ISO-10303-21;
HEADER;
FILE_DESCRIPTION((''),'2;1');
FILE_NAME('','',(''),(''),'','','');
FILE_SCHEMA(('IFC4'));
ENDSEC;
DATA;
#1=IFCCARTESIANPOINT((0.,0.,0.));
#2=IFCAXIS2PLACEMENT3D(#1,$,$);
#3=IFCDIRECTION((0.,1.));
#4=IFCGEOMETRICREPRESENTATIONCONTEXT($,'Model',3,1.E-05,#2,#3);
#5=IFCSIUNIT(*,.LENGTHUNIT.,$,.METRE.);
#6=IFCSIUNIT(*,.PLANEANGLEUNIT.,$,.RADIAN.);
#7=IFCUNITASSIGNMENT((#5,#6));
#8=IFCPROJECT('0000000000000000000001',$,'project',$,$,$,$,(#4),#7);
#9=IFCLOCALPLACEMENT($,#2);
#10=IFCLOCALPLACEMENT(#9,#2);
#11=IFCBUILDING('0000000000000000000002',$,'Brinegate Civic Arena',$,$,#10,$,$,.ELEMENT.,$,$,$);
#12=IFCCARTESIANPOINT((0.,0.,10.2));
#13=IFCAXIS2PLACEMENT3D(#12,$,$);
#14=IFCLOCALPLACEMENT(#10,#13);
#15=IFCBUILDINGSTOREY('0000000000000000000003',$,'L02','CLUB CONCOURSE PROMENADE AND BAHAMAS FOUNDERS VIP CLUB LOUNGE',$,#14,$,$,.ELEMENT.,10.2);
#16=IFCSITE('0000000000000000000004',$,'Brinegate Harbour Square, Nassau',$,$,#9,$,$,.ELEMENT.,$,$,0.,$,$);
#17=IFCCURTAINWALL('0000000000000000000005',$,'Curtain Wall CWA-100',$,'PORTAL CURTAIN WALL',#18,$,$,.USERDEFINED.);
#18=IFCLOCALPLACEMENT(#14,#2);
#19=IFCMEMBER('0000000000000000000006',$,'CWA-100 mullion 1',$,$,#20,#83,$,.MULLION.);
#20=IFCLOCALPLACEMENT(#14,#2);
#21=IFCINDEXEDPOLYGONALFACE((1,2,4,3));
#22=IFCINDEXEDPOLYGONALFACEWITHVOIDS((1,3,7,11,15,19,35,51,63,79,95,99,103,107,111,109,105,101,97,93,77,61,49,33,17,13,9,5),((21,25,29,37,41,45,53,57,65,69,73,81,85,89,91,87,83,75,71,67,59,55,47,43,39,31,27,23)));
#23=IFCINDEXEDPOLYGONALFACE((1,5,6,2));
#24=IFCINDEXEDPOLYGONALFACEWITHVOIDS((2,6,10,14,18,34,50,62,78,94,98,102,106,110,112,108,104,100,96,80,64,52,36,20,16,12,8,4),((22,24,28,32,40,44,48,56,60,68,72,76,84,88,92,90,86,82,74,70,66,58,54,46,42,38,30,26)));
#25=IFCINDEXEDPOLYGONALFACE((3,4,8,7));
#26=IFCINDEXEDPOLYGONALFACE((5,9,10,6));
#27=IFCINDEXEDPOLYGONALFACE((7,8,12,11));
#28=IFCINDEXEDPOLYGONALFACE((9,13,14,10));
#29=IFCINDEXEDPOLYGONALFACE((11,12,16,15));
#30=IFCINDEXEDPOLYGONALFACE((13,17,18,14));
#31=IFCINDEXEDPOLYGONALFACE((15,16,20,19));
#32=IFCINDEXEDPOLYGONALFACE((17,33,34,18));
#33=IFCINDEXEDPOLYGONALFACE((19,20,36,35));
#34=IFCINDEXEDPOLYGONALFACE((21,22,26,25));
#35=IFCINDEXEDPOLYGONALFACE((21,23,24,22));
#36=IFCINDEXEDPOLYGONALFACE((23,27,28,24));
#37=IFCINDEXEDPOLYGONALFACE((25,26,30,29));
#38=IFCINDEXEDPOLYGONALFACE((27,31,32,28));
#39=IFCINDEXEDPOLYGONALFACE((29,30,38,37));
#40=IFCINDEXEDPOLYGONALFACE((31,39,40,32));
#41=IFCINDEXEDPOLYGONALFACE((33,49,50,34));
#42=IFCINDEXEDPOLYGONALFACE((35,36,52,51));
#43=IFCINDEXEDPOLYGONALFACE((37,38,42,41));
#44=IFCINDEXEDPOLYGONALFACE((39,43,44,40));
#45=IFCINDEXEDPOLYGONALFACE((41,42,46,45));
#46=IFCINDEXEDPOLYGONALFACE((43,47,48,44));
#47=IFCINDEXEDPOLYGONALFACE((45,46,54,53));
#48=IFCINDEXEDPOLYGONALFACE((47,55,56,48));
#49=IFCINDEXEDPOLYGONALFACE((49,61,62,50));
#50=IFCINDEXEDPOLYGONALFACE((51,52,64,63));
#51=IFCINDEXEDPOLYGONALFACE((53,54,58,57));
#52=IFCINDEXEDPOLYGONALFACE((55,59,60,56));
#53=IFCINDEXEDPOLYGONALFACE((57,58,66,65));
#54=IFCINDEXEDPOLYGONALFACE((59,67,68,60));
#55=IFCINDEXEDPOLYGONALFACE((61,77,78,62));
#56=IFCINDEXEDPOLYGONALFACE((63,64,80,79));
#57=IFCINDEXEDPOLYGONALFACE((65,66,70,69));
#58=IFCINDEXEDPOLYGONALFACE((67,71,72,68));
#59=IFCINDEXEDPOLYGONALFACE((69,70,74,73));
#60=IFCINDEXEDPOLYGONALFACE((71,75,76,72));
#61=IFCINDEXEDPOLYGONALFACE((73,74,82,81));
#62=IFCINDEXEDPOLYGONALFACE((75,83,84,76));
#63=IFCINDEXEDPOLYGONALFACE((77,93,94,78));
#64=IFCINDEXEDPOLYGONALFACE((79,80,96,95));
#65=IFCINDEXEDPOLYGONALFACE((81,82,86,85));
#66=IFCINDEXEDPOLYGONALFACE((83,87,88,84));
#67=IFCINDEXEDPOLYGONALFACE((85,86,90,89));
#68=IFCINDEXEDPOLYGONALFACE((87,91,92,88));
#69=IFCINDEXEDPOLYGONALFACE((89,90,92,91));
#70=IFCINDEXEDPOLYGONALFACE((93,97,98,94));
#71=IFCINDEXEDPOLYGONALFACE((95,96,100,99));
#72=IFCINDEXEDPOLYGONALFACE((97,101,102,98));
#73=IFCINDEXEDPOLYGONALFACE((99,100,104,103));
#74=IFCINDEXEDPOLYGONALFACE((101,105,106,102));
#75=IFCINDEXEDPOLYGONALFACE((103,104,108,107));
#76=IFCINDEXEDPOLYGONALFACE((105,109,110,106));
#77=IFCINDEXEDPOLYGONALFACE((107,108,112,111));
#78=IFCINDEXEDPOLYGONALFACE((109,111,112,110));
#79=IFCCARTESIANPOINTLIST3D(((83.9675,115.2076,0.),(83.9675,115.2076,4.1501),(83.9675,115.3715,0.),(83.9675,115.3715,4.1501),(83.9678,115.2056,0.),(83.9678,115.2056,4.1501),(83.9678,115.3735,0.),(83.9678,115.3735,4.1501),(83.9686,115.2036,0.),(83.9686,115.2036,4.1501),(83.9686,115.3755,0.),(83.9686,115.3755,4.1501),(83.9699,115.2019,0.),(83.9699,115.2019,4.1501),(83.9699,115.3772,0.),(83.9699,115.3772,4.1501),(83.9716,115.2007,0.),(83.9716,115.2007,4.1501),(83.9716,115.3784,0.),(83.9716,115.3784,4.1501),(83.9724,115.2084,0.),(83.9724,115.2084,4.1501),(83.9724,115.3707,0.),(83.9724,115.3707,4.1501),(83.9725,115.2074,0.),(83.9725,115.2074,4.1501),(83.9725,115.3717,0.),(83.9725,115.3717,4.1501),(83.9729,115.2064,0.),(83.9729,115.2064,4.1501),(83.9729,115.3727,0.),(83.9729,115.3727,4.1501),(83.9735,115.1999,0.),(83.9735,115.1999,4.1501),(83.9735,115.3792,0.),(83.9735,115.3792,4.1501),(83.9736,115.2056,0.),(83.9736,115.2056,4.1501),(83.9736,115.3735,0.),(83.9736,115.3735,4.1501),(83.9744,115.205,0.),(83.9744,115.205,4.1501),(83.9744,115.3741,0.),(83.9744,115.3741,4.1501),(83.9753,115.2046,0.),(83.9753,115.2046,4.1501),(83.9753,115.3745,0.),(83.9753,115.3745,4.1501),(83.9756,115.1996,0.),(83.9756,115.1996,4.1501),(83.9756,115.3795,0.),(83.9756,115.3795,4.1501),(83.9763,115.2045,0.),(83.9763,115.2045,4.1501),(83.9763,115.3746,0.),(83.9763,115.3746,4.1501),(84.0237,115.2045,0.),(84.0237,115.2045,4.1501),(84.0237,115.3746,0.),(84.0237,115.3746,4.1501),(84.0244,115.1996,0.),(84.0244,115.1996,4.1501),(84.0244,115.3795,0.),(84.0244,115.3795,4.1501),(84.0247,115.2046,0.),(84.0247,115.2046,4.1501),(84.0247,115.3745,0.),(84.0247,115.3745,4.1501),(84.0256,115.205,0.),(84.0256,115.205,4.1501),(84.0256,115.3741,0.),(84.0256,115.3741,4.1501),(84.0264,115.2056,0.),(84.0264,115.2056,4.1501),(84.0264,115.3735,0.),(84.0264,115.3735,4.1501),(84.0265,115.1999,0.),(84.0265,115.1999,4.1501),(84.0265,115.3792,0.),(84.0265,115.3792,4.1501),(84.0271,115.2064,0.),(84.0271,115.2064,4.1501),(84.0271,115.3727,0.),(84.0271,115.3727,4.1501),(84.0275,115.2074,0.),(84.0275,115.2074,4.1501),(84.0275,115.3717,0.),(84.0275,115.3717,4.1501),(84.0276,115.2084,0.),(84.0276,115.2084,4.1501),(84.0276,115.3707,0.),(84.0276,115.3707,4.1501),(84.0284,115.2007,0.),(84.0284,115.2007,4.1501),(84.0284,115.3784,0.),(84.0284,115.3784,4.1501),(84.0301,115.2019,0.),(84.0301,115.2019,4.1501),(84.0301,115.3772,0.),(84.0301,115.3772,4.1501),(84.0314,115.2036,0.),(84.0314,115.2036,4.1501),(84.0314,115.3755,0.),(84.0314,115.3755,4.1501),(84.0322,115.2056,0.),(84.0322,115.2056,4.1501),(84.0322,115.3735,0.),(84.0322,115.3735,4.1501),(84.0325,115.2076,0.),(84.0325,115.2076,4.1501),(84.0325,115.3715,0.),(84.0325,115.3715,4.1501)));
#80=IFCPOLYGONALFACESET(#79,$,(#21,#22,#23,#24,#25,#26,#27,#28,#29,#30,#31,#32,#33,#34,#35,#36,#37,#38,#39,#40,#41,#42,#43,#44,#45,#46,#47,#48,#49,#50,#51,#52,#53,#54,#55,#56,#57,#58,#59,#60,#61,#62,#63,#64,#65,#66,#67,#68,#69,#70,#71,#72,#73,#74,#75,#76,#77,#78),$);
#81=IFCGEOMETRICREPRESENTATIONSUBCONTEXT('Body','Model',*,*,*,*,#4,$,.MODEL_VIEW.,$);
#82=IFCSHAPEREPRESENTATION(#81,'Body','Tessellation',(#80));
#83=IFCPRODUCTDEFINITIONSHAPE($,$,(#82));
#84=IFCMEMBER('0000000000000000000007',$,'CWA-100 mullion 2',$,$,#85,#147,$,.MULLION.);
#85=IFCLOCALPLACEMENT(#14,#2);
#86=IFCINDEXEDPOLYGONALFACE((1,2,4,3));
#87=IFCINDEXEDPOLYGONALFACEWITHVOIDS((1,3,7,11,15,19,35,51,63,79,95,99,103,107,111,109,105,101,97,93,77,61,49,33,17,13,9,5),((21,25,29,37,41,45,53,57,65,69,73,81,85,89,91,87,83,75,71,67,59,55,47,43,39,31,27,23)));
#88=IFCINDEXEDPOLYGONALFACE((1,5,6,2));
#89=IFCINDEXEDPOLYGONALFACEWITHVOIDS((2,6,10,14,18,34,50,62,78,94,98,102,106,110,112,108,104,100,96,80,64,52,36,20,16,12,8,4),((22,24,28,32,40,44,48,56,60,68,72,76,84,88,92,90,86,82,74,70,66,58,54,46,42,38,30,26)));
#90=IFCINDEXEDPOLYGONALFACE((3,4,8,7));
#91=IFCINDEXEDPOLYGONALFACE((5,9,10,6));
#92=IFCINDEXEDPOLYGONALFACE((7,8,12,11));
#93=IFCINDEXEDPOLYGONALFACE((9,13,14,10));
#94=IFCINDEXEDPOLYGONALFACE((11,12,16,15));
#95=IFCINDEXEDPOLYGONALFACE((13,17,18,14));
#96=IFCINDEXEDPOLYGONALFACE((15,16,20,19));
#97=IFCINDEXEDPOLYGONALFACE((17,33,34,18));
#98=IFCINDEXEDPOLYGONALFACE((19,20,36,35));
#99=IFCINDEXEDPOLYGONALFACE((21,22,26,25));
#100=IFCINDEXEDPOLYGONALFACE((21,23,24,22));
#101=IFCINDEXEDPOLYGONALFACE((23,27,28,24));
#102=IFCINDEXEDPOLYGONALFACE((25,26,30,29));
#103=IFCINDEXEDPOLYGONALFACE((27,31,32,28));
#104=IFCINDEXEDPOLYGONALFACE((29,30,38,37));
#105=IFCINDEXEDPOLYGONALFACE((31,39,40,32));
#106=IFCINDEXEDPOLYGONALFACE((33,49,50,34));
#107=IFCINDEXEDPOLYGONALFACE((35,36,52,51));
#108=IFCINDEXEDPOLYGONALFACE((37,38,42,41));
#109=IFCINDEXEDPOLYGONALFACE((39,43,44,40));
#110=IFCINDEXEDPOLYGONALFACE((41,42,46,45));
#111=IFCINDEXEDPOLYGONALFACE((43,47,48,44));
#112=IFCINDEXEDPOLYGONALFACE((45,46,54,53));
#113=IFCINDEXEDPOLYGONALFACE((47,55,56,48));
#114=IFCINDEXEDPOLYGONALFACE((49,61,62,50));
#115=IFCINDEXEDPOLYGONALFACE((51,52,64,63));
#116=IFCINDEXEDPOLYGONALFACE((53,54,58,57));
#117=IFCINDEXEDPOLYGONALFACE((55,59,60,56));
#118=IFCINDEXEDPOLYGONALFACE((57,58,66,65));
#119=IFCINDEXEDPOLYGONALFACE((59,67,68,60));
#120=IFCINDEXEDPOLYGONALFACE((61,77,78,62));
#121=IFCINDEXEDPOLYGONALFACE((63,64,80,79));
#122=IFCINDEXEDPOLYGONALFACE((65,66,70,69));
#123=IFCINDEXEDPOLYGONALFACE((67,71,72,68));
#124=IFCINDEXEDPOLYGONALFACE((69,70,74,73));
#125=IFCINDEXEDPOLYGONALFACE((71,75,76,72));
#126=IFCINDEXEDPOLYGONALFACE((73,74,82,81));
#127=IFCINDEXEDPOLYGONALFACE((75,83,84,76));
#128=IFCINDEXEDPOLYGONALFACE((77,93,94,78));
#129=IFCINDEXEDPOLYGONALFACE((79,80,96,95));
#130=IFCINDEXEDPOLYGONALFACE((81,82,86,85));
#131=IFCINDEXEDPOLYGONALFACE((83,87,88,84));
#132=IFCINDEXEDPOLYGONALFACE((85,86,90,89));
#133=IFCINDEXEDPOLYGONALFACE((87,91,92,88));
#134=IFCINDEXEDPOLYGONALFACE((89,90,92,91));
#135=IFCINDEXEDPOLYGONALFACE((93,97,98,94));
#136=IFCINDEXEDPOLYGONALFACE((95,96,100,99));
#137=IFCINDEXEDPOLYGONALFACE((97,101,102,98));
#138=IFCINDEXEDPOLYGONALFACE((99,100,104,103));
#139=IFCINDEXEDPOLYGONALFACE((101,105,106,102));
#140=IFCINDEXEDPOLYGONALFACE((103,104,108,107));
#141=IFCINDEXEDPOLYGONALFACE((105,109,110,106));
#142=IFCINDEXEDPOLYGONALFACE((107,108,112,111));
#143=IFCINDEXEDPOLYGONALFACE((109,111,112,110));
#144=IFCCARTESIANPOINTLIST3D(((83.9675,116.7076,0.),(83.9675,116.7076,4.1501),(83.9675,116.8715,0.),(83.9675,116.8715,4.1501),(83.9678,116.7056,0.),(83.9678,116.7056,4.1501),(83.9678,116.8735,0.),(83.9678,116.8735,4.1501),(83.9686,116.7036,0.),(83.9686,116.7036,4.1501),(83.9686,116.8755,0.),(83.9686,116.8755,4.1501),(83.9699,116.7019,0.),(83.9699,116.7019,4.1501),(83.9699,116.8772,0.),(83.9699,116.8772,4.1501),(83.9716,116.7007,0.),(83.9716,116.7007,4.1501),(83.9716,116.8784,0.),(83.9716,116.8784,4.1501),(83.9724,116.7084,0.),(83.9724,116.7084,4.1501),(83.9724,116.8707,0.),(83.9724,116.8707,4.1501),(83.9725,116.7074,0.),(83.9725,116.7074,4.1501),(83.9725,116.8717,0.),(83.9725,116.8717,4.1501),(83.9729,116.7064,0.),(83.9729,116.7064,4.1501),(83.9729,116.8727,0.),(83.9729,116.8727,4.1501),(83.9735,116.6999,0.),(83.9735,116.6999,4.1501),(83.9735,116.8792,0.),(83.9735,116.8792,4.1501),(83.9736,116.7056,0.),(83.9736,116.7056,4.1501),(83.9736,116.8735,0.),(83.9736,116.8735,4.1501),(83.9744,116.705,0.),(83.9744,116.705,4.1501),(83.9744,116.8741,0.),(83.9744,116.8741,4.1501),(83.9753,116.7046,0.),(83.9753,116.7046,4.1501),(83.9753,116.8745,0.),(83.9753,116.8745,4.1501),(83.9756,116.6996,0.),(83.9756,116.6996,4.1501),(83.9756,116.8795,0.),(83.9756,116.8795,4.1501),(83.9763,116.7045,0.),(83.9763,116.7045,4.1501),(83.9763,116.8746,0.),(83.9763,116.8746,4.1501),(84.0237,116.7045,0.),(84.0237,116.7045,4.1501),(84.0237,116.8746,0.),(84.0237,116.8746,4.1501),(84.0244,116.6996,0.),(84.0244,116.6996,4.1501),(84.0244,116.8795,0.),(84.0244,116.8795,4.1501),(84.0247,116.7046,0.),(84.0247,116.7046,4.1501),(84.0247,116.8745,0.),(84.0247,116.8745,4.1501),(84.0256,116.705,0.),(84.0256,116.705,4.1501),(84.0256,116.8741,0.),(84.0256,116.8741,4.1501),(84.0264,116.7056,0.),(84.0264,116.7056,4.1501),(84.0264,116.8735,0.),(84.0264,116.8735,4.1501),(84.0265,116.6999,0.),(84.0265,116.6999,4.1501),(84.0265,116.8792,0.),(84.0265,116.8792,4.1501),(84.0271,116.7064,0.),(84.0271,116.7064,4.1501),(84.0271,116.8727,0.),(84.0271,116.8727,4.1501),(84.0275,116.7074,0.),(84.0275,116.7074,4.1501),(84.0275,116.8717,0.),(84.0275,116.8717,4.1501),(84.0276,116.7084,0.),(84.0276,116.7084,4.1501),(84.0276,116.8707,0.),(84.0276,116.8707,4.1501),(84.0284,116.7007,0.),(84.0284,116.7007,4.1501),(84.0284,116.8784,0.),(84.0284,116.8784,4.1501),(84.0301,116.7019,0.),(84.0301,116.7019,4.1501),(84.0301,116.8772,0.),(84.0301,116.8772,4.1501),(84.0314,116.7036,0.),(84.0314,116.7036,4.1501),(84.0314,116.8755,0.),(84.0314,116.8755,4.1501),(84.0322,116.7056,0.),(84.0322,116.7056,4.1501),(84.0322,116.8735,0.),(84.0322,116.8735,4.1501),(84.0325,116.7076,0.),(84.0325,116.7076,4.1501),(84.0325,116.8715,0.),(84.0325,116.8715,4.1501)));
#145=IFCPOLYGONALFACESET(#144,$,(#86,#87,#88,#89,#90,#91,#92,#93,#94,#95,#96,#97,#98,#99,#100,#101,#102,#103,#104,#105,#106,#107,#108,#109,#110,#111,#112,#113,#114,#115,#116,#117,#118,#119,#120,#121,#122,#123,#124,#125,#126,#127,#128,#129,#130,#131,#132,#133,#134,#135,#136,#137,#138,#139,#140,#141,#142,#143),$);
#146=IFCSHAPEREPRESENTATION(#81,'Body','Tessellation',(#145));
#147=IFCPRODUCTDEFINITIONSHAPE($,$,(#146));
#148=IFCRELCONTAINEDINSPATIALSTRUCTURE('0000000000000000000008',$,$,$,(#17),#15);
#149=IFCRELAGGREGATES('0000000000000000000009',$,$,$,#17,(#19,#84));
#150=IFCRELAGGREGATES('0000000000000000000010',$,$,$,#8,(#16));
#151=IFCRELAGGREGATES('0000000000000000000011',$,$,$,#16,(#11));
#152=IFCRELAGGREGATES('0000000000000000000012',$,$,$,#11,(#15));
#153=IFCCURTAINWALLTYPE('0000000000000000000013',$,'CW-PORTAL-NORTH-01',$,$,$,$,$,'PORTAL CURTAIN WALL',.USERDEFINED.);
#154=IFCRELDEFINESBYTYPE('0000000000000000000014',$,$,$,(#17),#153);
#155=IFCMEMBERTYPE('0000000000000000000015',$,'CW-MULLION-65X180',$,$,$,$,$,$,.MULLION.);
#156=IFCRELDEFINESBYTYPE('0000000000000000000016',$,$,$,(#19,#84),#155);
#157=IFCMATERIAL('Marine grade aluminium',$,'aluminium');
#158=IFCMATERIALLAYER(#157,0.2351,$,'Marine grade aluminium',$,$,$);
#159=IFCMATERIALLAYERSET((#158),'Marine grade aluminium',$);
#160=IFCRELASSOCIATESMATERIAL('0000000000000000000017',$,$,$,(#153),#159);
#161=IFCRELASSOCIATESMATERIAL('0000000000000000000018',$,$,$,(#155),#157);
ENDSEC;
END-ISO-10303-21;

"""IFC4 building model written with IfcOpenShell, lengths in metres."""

from ifc_helpers import new_model, si_unit, direction, frame, origin, origin_2d, place, context, subcontext, project, spatial, hollow_rectangle, extrude, material, layer, layer_set, material_profile, profile_set, type_object, element, aggregate, save


model = new_model("IFC4")

# Units and contexts
model_context = context("Model", 3, precision=1e-05, world=origin(), true_north=direction((0.0, 1.0)))
body_context = subcontext(model_context, "Body", "Model", "MODEL_VIEW")
ifc_project = project(units=[si_unit("LENGTHUNIT", "METRE"), si_unit("PLANEANGLEUNIT", "RADIAN")], contexts=[model_context])

# Site, building, storey
site_placement = place(None, origin())
site = spatial("IfcSite", under=ifc_project, at=site_placement, Name="Brinegate Harbour Square, Nassau", CompositionType="ELEMENT", RefElevation=0.0)
building_placement = place(site_placement, origin())
building = spatial("IfcBuilding", under=site, at=building_placement, Name="Brinegate Civic Arena", CompositionType="ELEMENT")
storey_placement = place(building_placement, frame((0.0, 0.0, 10.2)))
storey = spatial("IfcBuildingStorey", under=building, at=storey_placement, Name="L02", Description="CLUB CONCOURSE PROMENADE AND BAHAMAS FOUNDERS VIP CLUB LOUNGE", CompositionType="ELEMENT", Elevation=10.2)

# Curtain wall, members
ifc_material_1 = material(Name="Marine grade aluminium", Category="aluminium")
ifc_layer_1 = layer(ifc_material_1, 0.2351, Name="Marine grade aluminium")
ifc_layer_set_1 = layer_set([ifc_layer_1], Name="Marine grade aluminium")
curtain_wall_type = type_object("IfcCurtainWallType", Name="CW-PORTAL-NORTH-01", ElementType="PORTAL CURTAIN WALL", PredefinedType="USERDEFINED", material=ifc_layer_set_1)
curtain_wall_placement = place(storey_placement, origin())
curtain_wall = element("IfcCurtainWall", 1, at=curtain_wall_placement, inside=storey, type_object=curtain_wall_type, Name="Curtain Wall CWA-100", ObjectType="PORTAL CURTAIN WALL", PredefinedType="USERDEFINED")
ifc_material_profile_1 = material_profile(ifc_material_1, hollow_rectangle(XDim=0.0649, YDim=0.1799, WallThickness=0.0049, InnerFilletRadius=0.0039, OuterFilletRadius=0.0081, at=origin_2d()), Name="MUL65X180")
ifc_profile_set_1 = profile_set([ifc_material_profile_1], Name="Marine grade aluminium")
member_type_1 = type_object("IfcMemberType", Name="CW-MULLION-65X180", PredefinedType="MULLION", material=ifc_profile_set_1)
member_1_placement = place(storey_placement, frame((84.0, 115.2896, 0.0), z_axis=(0.0, 0.0, 1.0), x_axis=(-1.0, 0.0, 0.0)))
member_1 = element("IfcMember", 2, at=member_1_placement, type_object=member_type_1, Name="CWA-100 mullion 1", PredefinedType="MULLION", context=body_context, shape_type="SweptSolid", body=[
    extrude(hollow_rectangle(XDim=0.0649, YDim=0.1799, WallThickness=0.0049, InnerFilletRadius=0.0039, OuterFilletRadius=0.0081, at=origin_2d()), origin(), (0.0, 0.0, 1.0), 4.1501),
])
member_2_placement = place(storey_placement, frame((84.0, 116.7896, 0.0), z_axis=(0.0, 0.0, 1.0), x_axis=(-1.0, 0.0, 0.0)))
member_2 = element("IfcMember", 3, at=member_2_placement, type_object=member_type_1, Name="CWA-100 mullion 2", PredefinedType="MULLION", context=body_context, shape_type="SweptSolid", body=[
    extrude(hollow_rectangle(XDim=0.0649, YDim=0.1799, WallThickness=0.0049, InnerFilletRadius=0.0039, OuterFilletRadius=0.0081, at=origin_2d()), origin(), (0.0, 0.0, 1.0), 4.1501),
])
aggregate(curtain_wall, [member_1, member_2])

save(model, "model.ifc")
